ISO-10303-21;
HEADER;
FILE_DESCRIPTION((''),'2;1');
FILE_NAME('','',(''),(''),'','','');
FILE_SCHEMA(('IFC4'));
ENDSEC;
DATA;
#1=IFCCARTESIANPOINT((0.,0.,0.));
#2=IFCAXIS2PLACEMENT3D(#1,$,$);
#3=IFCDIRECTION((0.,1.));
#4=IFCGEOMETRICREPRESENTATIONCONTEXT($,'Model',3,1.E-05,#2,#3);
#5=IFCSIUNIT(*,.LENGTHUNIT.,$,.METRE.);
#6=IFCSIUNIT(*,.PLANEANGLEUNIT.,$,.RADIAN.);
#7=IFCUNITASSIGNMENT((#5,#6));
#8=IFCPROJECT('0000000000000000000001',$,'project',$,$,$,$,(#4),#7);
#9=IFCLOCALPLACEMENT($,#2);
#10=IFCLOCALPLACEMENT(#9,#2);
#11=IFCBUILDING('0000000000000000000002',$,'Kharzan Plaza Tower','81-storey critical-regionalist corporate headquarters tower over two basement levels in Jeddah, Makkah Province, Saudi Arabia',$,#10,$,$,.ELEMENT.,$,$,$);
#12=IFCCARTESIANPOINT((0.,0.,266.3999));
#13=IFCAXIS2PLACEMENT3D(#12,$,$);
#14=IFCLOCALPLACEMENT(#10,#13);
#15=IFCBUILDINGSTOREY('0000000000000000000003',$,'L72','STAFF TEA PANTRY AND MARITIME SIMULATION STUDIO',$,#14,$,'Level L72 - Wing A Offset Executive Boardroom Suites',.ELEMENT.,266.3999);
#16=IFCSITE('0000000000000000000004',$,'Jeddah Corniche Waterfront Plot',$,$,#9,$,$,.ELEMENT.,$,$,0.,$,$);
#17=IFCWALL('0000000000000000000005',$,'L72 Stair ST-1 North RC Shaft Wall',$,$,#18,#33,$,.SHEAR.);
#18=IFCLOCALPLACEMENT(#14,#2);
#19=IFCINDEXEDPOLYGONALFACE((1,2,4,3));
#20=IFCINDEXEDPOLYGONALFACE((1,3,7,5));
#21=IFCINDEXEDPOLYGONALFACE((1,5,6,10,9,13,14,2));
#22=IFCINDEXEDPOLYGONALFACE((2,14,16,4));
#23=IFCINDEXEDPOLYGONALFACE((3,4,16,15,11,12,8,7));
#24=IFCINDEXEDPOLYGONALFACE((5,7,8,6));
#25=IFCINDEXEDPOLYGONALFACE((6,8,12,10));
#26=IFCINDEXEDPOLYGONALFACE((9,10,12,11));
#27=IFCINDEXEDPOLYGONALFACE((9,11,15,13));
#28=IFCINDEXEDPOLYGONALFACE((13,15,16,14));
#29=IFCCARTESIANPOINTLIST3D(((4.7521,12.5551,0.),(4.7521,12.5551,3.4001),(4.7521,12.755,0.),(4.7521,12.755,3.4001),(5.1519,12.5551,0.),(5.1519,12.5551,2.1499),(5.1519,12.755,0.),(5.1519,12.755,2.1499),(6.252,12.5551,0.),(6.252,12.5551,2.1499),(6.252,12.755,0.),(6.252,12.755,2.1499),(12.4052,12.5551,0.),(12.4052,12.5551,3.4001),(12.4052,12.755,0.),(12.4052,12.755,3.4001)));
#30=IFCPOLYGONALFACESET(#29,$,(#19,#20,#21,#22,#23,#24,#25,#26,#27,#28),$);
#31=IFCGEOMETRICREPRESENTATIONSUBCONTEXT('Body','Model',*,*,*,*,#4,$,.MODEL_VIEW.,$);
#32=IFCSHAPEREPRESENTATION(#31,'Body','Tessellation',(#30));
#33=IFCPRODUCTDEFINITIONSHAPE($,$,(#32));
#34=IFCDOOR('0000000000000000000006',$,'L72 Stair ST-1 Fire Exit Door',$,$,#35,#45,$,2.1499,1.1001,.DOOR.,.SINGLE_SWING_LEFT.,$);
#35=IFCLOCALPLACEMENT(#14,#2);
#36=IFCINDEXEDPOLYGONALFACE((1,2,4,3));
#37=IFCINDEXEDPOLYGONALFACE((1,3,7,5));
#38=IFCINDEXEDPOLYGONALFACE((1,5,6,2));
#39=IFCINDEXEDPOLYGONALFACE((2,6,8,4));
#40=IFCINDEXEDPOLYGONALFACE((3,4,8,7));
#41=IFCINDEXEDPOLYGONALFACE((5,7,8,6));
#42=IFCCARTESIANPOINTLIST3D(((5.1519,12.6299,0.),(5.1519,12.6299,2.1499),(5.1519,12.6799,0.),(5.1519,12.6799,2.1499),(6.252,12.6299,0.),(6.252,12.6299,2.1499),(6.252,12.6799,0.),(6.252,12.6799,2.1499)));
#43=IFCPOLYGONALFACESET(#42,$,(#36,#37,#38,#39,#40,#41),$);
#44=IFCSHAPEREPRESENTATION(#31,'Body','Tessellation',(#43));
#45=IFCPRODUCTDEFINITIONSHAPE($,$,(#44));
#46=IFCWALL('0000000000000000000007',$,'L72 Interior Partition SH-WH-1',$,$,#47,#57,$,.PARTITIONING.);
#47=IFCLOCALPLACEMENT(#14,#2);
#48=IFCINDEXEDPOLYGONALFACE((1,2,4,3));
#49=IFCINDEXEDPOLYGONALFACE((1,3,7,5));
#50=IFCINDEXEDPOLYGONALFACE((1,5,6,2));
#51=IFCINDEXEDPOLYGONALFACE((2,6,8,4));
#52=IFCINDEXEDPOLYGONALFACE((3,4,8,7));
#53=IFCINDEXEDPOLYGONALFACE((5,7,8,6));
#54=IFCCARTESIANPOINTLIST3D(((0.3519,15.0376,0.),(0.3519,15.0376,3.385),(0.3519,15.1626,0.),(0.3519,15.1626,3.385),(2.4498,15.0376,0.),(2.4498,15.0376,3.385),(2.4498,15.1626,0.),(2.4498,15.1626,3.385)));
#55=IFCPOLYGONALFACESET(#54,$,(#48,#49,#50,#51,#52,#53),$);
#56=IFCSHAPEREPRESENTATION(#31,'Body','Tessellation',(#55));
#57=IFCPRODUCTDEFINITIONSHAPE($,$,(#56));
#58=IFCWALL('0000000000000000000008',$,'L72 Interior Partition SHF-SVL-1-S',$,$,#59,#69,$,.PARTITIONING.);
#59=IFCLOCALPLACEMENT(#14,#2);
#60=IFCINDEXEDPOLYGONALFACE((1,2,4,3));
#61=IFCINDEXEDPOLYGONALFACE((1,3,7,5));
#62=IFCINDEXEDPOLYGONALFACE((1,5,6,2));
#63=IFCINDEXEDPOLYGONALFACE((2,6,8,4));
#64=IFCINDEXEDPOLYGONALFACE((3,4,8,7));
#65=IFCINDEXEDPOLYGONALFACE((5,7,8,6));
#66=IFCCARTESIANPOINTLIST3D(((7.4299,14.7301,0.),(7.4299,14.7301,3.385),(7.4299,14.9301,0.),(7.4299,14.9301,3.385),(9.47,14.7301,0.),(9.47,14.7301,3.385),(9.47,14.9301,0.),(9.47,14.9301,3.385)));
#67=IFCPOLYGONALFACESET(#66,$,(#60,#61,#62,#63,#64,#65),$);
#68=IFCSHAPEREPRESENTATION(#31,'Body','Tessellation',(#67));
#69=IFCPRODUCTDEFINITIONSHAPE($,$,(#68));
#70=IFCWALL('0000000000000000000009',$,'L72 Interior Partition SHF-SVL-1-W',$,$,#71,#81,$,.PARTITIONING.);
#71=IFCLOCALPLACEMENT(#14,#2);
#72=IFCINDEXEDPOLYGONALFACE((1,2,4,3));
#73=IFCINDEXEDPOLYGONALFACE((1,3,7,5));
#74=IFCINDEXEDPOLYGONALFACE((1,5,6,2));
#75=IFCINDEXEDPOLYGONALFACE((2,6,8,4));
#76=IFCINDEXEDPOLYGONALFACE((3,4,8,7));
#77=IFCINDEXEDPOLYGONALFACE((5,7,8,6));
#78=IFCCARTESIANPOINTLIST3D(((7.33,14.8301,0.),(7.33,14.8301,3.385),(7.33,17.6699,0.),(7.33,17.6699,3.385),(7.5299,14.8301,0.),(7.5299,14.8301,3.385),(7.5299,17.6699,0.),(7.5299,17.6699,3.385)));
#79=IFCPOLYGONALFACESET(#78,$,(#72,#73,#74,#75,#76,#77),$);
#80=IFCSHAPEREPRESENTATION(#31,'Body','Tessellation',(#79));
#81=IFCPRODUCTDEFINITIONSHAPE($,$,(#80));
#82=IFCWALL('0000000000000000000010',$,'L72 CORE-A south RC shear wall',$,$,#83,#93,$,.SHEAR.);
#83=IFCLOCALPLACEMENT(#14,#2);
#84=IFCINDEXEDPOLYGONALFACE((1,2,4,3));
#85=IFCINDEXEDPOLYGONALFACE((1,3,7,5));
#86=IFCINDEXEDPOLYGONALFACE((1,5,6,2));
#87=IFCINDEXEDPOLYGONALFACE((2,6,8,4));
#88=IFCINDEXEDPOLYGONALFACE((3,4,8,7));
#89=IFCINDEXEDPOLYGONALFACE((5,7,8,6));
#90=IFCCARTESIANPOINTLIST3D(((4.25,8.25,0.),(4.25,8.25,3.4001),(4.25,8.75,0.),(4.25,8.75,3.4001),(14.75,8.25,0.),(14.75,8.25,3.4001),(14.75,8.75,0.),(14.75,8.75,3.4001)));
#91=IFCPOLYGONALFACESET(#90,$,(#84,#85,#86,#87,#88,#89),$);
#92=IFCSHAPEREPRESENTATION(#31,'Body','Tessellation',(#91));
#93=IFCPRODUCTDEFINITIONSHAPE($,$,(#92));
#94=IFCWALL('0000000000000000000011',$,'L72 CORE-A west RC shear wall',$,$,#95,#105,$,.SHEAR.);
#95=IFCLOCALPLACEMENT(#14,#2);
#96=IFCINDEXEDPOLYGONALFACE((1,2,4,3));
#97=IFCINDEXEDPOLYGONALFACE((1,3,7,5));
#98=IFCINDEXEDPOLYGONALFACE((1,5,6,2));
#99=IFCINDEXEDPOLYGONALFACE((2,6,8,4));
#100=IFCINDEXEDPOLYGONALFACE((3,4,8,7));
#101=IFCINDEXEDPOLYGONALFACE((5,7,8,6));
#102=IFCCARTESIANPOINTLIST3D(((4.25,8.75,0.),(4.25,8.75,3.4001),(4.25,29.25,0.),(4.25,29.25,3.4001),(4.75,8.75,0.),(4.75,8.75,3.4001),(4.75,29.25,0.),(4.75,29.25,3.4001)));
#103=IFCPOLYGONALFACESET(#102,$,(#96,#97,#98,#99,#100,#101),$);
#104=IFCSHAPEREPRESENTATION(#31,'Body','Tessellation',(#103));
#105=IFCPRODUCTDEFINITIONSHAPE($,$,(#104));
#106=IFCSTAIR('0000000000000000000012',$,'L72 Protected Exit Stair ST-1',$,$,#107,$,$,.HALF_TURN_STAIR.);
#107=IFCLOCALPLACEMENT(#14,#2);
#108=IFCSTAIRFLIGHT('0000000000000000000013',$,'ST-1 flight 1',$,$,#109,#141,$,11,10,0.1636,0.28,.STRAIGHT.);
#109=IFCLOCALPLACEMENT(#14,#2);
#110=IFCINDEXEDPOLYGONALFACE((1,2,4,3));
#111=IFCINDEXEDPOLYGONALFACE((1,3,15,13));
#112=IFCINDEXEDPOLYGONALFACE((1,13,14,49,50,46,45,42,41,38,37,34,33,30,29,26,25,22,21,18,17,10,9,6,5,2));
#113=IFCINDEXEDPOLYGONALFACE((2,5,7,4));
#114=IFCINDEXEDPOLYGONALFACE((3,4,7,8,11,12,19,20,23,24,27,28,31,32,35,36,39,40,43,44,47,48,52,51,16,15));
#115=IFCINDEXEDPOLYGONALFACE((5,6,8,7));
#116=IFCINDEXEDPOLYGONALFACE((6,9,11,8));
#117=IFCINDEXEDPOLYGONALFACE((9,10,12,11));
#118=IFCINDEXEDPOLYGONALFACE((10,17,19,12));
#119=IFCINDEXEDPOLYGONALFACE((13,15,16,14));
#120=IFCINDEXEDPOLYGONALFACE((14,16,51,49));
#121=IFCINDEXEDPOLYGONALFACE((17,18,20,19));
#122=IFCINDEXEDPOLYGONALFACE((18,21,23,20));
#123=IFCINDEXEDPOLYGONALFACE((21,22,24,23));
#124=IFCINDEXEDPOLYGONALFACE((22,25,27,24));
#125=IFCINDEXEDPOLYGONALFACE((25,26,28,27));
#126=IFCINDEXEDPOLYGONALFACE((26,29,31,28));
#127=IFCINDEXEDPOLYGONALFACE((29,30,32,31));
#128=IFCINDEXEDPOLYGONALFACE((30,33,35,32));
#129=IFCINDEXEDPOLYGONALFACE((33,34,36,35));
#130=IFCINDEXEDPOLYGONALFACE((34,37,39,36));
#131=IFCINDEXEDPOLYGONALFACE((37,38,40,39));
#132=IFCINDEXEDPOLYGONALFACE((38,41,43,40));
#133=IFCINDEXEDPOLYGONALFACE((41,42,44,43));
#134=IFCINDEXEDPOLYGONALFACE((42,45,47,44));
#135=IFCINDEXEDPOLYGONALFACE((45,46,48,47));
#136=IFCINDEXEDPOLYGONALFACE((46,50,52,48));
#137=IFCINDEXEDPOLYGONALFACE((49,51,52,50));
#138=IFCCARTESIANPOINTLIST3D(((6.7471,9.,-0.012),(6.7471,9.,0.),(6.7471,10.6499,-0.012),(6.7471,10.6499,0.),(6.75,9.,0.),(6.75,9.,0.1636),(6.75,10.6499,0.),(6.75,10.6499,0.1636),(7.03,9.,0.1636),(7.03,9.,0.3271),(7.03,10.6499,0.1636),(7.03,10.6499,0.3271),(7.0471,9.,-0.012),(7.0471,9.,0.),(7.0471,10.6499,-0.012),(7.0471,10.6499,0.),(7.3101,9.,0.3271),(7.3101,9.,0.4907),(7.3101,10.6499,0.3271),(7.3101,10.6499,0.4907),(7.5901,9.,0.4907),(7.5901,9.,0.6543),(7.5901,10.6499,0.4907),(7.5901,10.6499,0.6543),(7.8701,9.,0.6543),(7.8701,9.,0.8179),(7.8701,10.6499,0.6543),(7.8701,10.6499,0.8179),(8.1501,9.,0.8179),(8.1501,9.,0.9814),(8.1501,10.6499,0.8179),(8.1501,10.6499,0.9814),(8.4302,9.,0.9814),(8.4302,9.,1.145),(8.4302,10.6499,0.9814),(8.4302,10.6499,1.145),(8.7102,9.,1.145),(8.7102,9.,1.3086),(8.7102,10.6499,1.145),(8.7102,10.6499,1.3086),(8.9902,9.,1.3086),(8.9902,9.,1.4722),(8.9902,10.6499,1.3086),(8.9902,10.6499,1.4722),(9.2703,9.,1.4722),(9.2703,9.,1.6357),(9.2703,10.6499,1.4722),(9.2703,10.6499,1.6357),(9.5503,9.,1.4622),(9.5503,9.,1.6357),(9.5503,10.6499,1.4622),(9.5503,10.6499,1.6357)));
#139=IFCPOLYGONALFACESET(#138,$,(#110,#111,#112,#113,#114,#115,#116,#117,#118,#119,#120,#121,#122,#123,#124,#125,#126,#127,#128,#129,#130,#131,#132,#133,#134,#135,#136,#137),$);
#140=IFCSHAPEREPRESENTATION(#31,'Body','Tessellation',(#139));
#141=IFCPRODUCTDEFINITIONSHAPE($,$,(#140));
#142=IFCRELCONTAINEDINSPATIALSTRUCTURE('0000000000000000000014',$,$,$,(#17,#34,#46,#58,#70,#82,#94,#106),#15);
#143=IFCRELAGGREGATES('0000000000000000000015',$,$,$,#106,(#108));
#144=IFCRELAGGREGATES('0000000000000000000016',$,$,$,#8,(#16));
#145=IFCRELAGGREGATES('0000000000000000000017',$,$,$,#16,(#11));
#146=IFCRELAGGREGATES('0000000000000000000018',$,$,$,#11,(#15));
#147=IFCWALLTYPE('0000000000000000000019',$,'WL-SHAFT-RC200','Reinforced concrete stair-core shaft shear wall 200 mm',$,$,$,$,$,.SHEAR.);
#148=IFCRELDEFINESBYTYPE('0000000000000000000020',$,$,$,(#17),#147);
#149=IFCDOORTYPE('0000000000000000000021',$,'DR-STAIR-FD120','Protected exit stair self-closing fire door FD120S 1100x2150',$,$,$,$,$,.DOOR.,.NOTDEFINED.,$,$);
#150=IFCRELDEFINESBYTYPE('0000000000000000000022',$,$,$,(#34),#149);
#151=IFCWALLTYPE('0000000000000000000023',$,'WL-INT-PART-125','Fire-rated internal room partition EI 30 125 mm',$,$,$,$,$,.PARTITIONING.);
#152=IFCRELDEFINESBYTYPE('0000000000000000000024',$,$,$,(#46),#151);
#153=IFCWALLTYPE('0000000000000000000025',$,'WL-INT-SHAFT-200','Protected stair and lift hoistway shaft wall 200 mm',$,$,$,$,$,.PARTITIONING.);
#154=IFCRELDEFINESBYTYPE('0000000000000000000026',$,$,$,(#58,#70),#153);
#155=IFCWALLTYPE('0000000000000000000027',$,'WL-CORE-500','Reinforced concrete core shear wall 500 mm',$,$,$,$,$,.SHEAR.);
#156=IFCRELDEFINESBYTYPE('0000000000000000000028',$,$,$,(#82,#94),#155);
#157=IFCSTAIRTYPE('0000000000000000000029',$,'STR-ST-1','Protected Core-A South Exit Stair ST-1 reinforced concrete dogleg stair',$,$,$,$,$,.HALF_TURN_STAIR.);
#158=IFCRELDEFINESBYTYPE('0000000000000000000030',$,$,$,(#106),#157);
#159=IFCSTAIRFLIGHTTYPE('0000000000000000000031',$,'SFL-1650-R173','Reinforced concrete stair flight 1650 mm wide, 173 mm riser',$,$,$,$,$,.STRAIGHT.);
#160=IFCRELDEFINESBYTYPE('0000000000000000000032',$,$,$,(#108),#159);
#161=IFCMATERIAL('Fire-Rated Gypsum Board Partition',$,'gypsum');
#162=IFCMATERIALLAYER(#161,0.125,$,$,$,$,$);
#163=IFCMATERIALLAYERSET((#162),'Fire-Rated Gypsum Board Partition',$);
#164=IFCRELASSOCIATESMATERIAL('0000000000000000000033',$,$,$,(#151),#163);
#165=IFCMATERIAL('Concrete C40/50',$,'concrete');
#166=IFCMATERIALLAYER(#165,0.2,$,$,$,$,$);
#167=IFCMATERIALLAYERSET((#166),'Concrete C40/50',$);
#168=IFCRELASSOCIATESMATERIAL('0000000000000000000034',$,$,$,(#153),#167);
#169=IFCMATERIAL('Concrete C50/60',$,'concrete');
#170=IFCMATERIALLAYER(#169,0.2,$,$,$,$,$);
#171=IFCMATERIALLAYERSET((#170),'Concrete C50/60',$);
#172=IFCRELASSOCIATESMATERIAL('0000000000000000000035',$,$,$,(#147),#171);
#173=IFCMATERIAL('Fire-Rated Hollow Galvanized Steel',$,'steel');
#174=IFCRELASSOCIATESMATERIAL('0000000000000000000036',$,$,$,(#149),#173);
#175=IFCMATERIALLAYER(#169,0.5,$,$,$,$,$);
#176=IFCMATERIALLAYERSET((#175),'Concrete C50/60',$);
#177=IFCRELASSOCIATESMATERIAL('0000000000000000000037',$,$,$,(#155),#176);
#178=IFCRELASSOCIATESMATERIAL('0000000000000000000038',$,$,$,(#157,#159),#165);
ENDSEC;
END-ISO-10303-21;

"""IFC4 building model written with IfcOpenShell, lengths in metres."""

from ifc_helpers import new_model, si_unit, direction, frame, frame_2d, origin, place, context, subcontext, project, spatial, polyline, rectangle, outline, extrude, source, transform, mapped, material, layer, layer_set, type_object, element, fill, aggregate, save


model = new_model("IFC4")

# Units and contexts
model_context = context("Model", 3, precision=1e-05, world=origin(), true_north=direction((0.0, 1.0)))
body_context = subcontext(model_context, "Body", "Model", "MODEL_VIEW")
ifc_project = project(units=[si_unit("LENGTHUNIT", "METRE"), si_unit("PLANEANGLEUNIT", "RADIAN")], contexts=[model_context])

# Site, building, storey
site_placement = place(None, origin())
site = spatial("IfcSite", under=ifc_project, at=site_placement, Name="Jeddah Corniche Waterfront Plot", CompositionType="ELEMENT", RefElevation=0.0)
building_placement = place(site_placement, origin())
building = spatial("IfcBuilding", under=site, at=building_placement, Name="Kharzan Plaza Tower", Description="81-storey critical-regionalist corporate headquarters tower over two basement levels in Jeddah, Makkah Province, Saudi Arabia", CompositionType="ELEMENT")
storey_placement = place(building_placement, frame((0.0, 0.0, 266.3999)))
storey = spatial("IfcBuildingStorey", under=building, at=storey_placement, Name="L72", Description="STAFF TEA PANTRY AND MARITIME SIMULATION STUDIO", LongName="Level L72 - Wing A Offset Executive Boardroom Suites", CompositionType="ELEMENT", Elevation=266.3999)

# Shared definitions
ifc_material_1 = material(Name="Concrete C50/60", Category="concrete")

# Shared definitions
ifc_material_2 = material(Name="Concrete C40/50", Category="concrete")

# Wall, opening, door
ifc_material_3 = material(Name="Fire-Rated Gypsum Board Partition", Category="gypsum")
ifc_layer_1 = layer(ifc_material_3, 0.125)
ifc_layer_set_1 = layer_set([ifc_layer_1], Name="Fire-Rated Gypsum Board Partition")
wall_type_1 = type_object("IfcWallType", Name="WL-INT-PART-125", Description="Fire-rated internal room partition EI 30 125 mm", PredefinedType="PARTITIONING", material=ifc_layer_set_1)
ifc_layer_2 = layer(ifc_material_2, 0.2)
ifc_layer_set_2 = layer_set([ifc_layer_2], Name="Concrete C40/50")
wall_type_2 = type_object("IfcWallType", Name="WL-INT-SHAFT-200", Description="Protected stair and lift hoistway shaft wall 200 mm", PredefinedType="PARTITIONING", material=ifc_layer_set_2)
ifc_layer_3 = layer(ifc_material_1, 0.2)
ifc_layer_set_3 = layer_set([ifc_layer_3], Name="Concrete C50/60")
wall_type_3 = type_object("IfcWallType", Name="WL-SHAFT-RC200", Description="Reinforced concrete stair-core shaft shear wall 200 mm", PredefinedType="SHEAR", material=ifc_layer_set_3)
wall_1_placement = place(storey_placement, frame((4.752, 12.655, 0.0), z_axis=(0.0, 0.0, 1.0), x_axis=(1.0, 0.0, 0.0)))
wall_1 = element("IfcWall", 1, at=wall_1_placement, inside=storey, type_object=wall_type_3, Name="L72 Stair ST-1 North RC Shaft Wall", PredefinedType="SHEAR", context=body_context, shape_type="SweptSolid", body=[
    extrude(rectangle(XDim=7.6531, YDim=0.2, at=frame_2d((3.8267, 0.0))), origin(), (0.0, 0.0, 1.0), 3.4001),
])
opening_1_placement = place(wall_1_placement, frame((0.3999, 0.0, 0.0)))
opening_1 = element("IfcOpeningElement", 2, at=opening_1_placement, cuts=wall_1, PredefinedType="OPENING", context=body_context, shape_type="SweptSolid", body=[
    extrude(rectangle(XDim=1.1001, YDim=2.1499, at=frame_2d((0.55, 1.075))), frame((0.0, 0.1099, 0.0), z_axis=(0.0, -1.0, 0.0), x_axis=(1.0, 0.0, 0.0)), (0.0, 0.0, 1.0), 0.22),
])
ifc_material_4 = material(Name="Fire-Rated Hollow Galvanized Steel", Category="steel")
door_type_1 = type_object("IfcDoorType", Name="DR-STAIR-FD120", Description="Protected exit stair self-closing fire door FD120S 1100x2150", OperationType="NOTDEFINED", PredefinedType="DOOR", material=ifc_material_4)
shared_shape_1 = source(origin(), body_context, "Body", "SweptSolid", [
    extrude(rectangle(XDim=1.1001, YDim=2.1499, at=frame_2d((0.55, 1.075))), frame((0.0, 0.0249, 0.0), z_axis=(0.0, -1.0, 0.0), x_axis=(1.0, 0.0, 0.0)), (0.0, 0.0, 1.0), 0.05),
])
door_1_placement = place(opening_1_placement, origin())
door_1 = element("IfcDoor", 3, at=door_1_placement, inside=storey, type_object=door_type_1, Name="L72 Stair ST-1 Fire Exit Door", OperationType="SINGLE_SWING_LEFT", OverallHeight=2.1499, OverallWidth=1.1001, PredefinedType="DOOR", context=body_context, shape_type="MappedRepresentation", body=[
    mapped(shared_shape_1, transform((0.0, 0.0, 0.0), x_axis=(1.0, 0.0, 0.0), y_axis=(0.0, 1.0, 0.0), z_axis=(0.0, 0.0, 1.0))),
])
fill(opening_1, door_1)

# Walls
shared_shape_2 = source(origin(), body_context, "Body", "SweptSolid", [
    extrude(rectangle(XDim=2.0979, YDim=0.125, at=frame_2d((1.0488, 0.0))), origin(), (0.0, 0.0, 1.0), 3.385),
])
wall_2_placement = place(storey_placement, frame((0.3521, 15.1001, 0.0), z_axis=(0.0, 0.0, 1.0), x_axis=(1.0, 0.0, 0.0)))
element("IfcWall", 4, at=wall_2_placement, inside=storey, type_object=wall_type_1, Name="L72 Interior Partition SH-WH-1", PredefinedType="PARTITIONING", context=body_context, shape_type="MappedRepresentation", body=[
    mapped(shared_shape_2, transform((0.0, 0.0, 0.0), x_axis=(1.0, 0.0, 0.0), y_axis=(0.0, 1.0, 0.0), z_axis=(0.0, 0.0, 1.0))),
])
shared_shape_3 = source(origin(), body_context, "Body", "SweptSolid", [
    extrude(rectangle(XDim=2.04, YDim=0.2, at=frame_2d((1.02, 0.0))), origin(), (0.0, 0.0, 1.0), 3.385),
])
wall_3_placement = place(storey_placement, frame((7.4299, 14.8301, 0.0), z_axis=(0.0, 0.0, 1.0), x_axis=(1.0, 0.0, 0.0)))
element("IfcWall", 5, at=wall_3_placement, inside=storey, type_object=wall_type_2, Name="L72 Interior Partition SHF-SVL-1-S", PredefinedType="PARTITIONING", context=body_context, shape_type="MappedRepresentation", body=[
    mapped(shared_shape_3, transform((0.0, 0.0, 0.0), x_axis=(1.0, 0.0, 0.0), y_axis=(0.0, 1.0, 0.0), z_axis=(0.0, 0.0, 1.0))),
])
shared_shape_4 = source(origin(), body_context, "Body", "SweptSolid", [
    extrude(rectangle(XDim=2.8398, YDim=0.2, at=frame_2d((1.4199, 0.0))), origin(), (0.0, 0.0, 1.0), 3.385),
])
wall_4_placement = place(storey_placement, frame((7.4299, 14.8301, 0.0), z_axis=(0.0, 0.0, 1.0), x_axis=(0.0, 1.0, 0.0)))
element("IfcWall", 6, at=wall_4_placement, inside=storey, type_object=wall_type_2, Name="L72 Interior Partition SHF-SVL-1-W", PredefinedType="PARTITIONING", context=body_context, shape_type="MappedRepresentation", body=[
    mapped(shared_shape_4, transform((0.0, 0.0, 0.0), x_axis=(1.0, 0.0, 0.0), y_axis=(0.0, 1.0, 0.0), z_axis=(0.0, 0.0, 1.0))),
])
ifc_layer_4 = layer(ifc_material_1, 0.5)
ifc_layer_set_4 = layer_set([ifc_layer_4], Name="Concrete C50/60")
wall_type_4 = type_object("IfcWallType", Name="WL-CORE-500", Description="Reinforced concrete core shear wall 500 mm", PredefinedType="SHEAR", material=ifc_layer_set_4)
shared_shape_5 = source(origin(), body_context, "Body", "SweptSolid", [
    extrude(rectangle(XDim=10.5, YDim=0.5, at=frame_2d((5.25, 0.0))), origin(), (0.0, 0.0, 1.0), 3.4001),
])
wall_5_placement = place(storey_placement, frame((4.25, 8.5, 0.0), z_axis=(0.0, 0.0, 1.0), x_axis=(1.0, 0.0, 0.0)))
element("IfcWall", 7, at=wall_5_placement, inside=storey, type_object=wall_type_4, Name="L72 CORE-A south RC shear wall", PredefinedType="SHEAR", context=body_context, shape_type="MappedRepresentation", body=[
    mapped(shared_shape_5, transform((0.0, 0.0, 0.0), x_axis=(1.0, 0.0, 0.0), y_axis=(0.0, 1.0, 0.0), z_axis=(0.0, 0.0, 1.0))),
])
shared_shape_6 = source(origin(), body_context, "Body", "SweptSolid", [
    extrude(rectangle(XDim=20.5, YDim=0.5, at=frame_2d((10.25, 0.0))), origin(), (0.0, 0.0, 1.0), 3.4001),
])
wall_6_placement = place(storey_placement, frame((4.5, 8.75, 0.0), z_axis=(0.0, 0.0, 1.0), x_axis=(0.0, 1.0, 0.0)))
element("IfcWall", 8, at=wall_6_placement, inside=storey, type_object=wall_type_4, Name="L72 CORE-A west RC shear wall", PredefinedType="SHEAR", context=body_context, shape_type="MappedRepresentation", body=[
    mapped(shared_shape_6, transform((0.0, 0.0, 0.0), x_axis=(1.0, 0.0, 0.0), y_axis=(0.0, 1.0, 0.0), z_axis=(0.0, 0.0, 1.0))),
])

# Stair, stair flight
stair_type = type_object("IfcStairType", Name="STR-ST-1", Description="Protected Core-A South Exit Stair ST-1 reinforced concrete dogleg stair", PredefinedType="HALF_TURN_STAIR", material=ifc_material_2)
stair_placement = place(storey_placement, origin())
stair = element("IfcStair", 9, at=stair_placement, inside=storey, type_object=stair_type, Name="L72 Protected Exit Stair ST-1", PredefinedType="HALF_TURN_STAIR")
stair_flight_type = type_object("IfcStairFlightType", Name="SFL-1650-R173", Description="Reinforced concrete stair flight 1650 mm wide, 173 mm riser", PredefinedType="STRAIGHT", material=ifc_material_2)
shared_shape_7 = source(origin(), body_context, "Body", "SweptSolid", [
    extrude(outline(polyline([(-0.0029, -0.012), (-0.0029, 0.0), (0.0, 0.0), (0.0, 0.1636), (0.28, 0.1636), (0.28, 0.3271), (0.5601, 0.3271), (0.5601, 0.4907), (0.8401, 0.4907), (0.8401, 0.6543), (1.1201, 0.6543), (1.1201, 0.8179), (1.4001, 0.8179), (1.4001, 0.9814), (1.6802, 0.9814), (1.6802, 1.145), (1.9602, 1.145), (1.9602, 1.3086), (2.2402, 1.3086), (2.2402, 1.4722), (2.5203, 1.4722), (2.5203, 1.6357), (2.8003, 1.6357), (2.8003, 1.7993), (2.8003, 1.4622), (0.2971, 0.0), (0.2971, -0.012), (-0.0029, -0.012)])), frame((0.0, 0.825, 0.0), z_axis=(0.0, -1.0, 0.0), x_axis=(1.0, 0.0, 0.0)), (0.0, 0.0, 1.0), 1.6499),
])
stair_flight_1_placement = place(storey_placement, frame((6.75, 9.825, 0.0), z_axis=(0.0, 0.0, 1.0), x_axis=(1.0, 0.0, 0.0)))
stair_flight_1 = element("IfcStairFlight", 10, at=stair_flight_1_placement, type_object=stair_flight_type, Name="ST-1 flight 1", NumberOfRisers=11, NumberOfTreads=10, PredefinedType="STRAIGHT", RiserHeight=0.1636, TreadLength=0.28, context=body_context, shape_type="MappedRepresentation", body=[
    mapped(shared_shape_7, transform((0.0, 0.0, 0.0), x_axis=(1.0, 0.0, 0.0), y_axis=(0.0, 1.0, 0.0), z_axis=(0.0, 0.0, 1.0))),
])
aggregate(stair, [stair_flight_1])

save(model, "model.ifc")
